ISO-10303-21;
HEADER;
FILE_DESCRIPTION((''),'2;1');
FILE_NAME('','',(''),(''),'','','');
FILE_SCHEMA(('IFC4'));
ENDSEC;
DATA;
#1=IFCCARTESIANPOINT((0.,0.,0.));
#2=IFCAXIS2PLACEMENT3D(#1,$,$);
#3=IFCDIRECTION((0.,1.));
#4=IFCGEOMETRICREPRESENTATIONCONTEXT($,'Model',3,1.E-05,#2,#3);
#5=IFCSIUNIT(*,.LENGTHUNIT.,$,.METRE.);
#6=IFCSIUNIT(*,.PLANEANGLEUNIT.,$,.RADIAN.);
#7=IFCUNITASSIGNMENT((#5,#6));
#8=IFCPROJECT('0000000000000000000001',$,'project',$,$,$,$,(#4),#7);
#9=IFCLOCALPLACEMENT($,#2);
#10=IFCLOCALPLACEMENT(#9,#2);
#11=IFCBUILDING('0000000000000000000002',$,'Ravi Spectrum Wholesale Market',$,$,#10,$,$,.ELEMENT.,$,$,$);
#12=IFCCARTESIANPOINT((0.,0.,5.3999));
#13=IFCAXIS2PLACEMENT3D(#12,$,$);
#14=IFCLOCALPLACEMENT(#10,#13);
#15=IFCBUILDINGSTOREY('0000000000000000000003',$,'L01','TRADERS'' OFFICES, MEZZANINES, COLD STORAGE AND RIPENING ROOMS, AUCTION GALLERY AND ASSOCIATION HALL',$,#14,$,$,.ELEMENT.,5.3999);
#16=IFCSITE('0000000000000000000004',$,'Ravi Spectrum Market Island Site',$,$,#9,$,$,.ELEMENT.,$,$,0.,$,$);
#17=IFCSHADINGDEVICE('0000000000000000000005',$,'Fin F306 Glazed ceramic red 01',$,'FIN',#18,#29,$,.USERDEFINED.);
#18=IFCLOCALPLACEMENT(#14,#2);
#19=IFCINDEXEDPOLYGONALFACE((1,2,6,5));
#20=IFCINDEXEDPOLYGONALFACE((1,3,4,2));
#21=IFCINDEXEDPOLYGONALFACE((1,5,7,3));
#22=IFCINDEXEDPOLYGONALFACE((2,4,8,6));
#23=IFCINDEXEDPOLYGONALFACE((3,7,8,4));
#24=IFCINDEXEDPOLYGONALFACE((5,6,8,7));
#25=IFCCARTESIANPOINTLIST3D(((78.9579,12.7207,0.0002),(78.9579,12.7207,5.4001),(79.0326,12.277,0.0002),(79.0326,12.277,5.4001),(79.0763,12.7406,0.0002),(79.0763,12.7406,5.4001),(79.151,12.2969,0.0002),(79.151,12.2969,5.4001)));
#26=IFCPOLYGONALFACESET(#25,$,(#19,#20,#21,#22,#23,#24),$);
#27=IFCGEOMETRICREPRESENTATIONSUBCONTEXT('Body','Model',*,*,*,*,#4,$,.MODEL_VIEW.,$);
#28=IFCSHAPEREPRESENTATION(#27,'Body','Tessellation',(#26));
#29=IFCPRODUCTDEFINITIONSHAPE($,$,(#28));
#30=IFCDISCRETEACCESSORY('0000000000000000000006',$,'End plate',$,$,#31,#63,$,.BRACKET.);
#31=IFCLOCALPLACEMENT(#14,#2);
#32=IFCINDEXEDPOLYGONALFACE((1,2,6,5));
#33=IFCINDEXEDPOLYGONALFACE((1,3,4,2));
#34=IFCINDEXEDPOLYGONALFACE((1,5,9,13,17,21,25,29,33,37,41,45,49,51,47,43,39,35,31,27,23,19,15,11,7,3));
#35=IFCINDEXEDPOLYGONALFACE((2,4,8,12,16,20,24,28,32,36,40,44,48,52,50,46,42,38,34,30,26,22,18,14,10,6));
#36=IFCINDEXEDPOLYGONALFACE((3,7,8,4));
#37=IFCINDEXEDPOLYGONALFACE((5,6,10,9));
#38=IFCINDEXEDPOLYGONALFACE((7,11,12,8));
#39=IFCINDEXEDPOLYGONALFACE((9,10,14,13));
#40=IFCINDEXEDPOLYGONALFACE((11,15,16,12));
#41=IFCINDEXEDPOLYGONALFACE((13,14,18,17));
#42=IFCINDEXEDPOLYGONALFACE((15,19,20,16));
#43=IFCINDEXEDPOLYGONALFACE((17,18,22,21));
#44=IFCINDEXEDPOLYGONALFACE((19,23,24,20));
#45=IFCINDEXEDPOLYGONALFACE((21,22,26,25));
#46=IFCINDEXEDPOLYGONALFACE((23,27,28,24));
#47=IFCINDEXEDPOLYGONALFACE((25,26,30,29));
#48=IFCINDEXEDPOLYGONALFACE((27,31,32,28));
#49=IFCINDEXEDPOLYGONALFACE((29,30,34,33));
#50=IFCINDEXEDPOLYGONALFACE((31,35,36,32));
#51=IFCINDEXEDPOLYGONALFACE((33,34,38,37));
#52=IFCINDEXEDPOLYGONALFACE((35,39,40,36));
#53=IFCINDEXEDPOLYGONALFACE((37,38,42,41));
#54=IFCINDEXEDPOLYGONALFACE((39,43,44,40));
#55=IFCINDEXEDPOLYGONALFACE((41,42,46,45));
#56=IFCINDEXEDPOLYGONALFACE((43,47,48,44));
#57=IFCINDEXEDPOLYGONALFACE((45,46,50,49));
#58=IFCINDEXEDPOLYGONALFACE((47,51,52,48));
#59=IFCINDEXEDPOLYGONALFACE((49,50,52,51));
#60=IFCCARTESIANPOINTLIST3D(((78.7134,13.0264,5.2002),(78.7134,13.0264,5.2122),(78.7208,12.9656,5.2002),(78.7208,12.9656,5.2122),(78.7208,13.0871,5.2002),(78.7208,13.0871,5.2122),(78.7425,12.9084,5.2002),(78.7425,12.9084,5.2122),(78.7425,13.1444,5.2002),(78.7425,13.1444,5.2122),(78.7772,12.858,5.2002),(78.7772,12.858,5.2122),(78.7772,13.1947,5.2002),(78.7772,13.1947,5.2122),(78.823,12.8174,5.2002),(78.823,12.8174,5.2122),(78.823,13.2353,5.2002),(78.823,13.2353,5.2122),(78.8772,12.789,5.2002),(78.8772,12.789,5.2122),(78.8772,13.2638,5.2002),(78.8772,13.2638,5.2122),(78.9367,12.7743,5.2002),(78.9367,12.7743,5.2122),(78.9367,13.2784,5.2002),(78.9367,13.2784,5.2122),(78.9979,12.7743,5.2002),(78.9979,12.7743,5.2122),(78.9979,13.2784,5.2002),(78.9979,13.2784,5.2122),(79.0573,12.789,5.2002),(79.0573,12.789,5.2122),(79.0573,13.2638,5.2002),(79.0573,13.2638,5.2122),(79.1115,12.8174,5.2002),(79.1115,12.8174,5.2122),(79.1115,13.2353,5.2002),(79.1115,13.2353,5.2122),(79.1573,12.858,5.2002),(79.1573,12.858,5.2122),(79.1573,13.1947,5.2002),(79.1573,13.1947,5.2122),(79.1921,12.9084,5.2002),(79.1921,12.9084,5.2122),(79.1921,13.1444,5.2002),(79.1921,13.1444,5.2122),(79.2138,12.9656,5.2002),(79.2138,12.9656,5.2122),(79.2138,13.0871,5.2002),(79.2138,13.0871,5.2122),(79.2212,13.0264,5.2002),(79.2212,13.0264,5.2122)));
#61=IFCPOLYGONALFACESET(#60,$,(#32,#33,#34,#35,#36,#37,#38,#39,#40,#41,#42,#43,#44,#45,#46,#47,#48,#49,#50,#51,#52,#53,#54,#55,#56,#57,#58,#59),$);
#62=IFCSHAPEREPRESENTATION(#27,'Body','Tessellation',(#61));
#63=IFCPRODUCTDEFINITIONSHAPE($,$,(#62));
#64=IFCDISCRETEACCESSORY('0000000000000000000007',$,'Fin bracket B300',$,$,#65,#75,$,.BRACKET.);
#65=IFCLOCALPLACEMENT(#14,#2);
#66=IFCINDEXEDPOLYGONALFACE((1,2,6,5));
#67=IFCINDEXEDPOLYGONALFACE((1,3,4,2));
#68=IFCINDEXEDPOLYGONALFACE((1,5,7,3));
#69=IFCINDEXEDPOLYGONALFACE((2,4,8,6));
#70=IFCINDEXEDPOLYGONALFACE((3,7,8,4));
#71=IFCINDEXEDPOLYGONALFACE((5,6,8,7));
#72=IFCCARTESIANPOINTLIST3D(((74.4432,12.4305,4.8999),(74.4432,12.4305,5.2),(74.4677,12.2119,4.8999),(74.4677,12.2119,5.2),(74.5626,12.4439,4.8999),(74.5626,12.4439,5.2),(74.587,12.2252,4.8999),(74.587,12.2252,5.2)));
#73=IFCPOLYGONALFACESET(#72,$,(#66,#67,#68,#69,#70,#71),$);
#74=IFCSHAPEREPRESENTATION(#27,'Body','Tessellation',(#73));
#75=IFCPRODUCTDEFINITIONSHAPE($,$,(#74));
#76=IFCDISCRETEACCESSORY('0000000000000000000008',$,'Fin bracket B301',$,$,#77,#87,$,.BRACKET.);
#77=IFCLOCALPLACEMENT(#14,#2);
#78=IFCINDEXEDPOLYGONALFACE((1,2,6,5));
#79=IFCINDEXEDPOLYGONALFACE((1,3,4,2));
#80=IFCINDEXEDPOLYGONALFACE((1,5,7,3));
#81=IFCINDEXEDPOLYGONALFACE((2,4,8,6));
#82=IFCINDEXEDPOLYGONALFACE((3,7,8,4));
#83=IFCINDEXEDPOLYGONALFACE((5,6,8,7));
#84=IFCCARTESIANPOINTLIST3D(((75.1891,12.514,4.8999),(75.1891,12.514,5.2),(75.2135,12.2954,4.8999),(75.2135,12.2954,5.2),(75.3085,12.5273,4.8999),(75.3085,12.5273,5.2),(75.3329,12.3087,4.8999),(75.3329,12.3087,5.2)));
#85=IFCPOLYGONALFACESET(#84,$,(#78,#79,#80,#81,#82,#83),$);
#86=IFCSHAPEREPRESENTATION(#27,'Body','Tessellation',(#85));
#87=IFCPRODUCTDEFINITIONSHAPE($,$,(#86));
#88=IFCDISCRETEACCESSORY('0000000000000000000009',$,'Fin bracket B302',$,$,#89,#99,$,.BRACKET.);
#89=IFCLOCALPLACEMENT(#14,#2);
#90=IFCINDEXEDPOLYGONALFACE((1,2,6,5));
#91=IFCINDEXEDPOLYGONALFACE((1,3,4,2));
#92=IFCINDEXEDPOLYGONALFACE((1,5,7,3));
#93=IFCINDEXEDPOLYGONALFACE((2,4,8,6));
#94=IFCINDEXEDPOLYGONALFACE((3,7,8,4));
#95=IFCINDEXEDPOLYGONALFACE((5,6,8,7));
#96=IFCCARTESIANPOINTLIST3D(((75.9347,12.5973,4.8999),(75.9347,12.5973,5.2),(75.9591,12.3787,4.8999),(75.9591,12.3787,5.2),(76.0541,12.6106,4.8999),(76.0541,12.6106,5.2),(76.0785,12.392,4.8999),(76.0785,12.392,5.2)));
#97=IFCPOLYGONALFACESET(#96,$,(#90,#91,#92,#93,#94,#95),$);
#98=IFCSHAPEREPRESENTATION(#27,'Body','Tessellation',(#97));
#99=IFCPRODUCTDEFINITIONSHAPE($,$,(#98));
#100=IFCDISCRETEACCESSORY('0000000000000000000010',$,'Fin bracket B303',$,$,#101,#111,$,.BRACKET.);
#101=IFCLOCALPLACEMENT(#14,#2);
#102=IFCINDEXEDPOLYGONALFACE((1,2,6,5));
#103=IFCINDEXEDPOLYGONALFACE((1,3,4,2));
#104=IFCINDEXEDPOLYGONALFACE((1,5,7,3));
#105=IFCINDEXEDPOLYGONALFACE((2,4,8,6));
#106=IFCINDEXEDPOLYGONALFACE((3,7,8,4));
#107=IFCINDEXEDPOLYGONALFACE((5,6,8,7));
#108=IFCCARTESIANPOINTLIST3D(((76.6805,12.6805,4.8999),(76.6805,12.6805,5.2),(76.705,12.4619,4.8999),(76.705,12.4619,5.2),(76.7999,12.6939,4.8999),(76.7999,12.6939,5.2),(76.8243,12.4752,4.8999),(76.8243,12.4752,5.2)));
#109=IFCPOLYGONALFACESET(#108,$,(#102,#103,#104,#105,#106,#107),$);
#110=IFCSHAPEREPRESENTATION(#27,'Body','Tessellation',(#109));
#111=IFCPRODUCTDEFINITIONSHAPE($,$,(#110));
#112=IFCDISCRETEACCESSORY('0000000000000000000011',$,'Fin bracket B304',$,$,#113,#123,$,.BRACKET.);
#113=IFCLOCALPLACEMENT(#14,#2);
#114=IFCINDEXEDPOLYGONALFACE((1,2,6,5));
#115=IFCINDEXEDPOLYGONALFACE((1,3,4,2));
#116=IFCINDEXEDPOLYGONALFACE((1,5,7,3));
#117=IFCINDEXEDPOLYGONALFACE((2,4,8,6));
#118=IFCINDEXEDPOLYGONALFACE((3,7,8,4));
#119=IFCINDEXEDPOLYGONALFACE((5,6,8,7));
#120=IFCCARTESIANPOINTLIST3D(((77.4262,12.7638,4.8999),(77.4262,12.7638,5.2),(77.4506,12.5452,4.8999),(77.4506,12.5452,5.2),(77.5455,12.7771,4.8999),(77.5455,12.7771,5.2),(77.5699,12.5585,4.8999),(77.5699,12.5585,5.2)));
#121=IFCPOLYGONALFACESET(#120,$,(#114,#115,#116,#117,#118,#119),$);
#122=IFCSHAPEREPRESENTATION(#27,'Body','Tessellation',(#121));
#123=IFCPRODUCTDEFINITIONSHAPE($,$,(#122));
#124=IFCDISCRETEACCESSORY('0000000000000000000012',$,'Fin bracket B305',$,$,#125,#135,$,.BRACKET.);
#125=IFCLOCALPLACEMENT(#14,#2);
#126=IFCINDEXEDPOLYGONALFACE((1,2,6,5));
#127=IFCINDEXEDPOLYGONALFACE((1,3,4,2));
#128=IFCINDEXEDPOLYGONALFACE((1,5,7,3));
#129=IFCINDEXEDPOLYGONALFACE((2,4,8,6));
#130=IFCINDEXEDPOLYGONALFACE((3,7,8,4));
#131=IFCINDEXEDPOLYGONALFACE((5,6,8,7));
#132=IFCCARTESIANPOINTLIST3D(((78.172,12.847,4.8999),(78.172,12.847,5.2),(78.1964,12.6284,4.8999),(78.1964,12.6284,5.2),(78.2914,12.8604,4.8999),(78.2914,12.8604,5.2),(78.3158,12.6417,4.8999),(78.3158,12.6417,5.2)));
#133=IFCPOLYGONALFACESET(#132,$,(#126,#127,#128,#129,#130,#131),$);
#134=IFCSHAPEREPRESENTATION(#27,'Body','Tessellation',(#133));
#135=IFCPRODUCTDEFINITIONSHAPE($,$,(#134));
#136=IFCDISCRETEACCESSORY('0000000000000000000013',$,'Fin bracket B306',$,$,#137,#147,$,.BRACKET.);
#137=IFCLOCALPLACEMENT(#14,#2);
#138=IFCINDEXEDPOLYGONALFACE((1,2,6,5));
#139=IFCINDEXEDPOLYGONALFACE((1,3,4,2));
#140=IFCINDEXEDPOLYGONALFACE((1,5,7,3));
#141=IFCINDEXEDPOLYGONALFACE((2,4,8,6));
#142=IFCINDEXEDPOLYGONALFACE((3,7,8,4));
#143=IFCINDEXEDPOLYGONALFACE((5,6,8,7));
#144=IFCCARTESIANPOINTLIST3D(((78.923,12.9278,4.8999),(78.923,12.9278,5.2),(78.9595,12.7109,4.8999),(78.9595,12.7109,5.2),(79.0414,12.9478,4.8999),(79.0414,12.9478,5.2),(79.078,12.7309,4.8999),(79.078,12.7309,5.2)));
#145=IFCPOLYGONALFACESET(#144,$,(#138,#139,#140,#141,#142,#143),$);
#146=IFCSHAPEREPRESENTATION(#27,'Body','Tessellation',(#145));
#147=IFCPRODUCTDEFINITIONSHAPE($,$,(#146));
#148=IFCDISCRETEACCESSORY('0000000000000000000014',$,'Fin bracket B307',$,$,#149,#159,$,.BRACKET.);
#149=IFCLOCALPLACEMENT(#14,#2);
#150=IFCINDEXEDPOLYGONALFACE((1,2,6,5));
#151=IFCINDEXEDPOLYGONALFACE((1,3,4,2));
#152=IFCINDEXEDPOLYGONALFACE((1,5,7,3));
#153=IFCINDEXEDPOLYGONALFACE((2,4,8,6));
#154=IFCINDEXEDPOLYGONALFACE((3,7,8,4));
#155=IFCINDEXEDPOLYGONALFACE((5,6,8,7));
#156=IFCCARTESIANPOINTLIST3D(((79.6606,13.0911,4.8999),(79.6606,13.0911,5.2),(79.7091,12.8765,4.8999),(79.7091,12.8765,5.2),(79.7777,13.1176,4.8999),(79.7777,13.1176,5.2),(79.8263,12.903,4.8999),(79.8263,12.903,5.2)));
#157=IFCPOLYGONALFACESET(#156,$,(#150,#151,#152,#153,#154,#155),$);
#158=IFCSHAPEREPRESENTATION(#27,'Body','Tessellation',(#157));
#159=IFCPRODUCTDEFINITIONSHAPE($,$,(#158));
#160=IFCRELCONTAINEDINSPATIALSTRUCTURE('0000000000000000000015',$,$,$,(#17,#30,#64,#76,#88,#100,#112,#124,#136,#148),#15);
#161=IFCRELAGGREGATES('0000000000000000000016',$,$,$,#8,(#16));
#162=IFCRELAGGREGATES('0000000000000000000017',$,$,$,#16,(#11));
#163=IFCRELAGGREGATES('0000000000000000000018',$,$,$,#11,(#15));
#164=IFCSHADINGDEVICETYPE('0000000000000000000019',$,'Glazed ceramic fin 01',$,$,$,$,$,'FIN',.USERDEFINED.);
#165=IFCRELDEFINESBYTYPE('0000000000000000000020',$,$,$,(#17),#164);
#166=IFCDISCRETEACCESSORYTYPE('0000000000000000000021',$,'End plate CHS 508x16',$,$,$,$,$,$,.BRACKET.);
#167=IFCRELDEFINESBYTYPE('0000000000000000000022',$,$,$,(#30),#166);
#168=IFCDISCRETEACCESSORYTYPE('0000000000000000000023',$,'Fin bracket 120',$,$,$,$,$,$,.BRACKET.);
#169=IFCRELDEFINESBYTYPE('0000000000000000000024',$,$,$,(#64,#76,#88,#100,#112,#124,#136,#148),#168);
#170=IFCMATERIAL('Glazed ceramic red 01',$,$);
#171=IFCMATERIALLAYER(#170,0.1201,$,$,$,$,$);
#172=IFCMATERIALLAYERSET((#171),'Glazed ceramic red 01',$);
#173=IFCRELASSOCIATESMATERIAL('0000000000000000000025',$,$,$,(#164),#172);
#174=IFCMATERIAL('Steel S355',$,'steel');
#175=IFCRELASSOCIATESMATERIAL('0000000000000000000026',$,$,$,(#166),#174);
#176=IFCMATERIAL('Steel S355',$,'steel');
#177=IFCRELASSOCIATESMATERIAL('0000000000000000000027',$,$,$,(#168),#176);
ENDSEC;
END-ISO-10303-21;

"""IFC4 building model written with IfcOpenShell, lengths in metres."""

from ifc_helpers import new_model, si_unit, direction, frame, origin, origin_2d, place, context, subcontext, project, spatial, rectangle, circle, extrude, material, layer, layer_set, material_profile, profile_set, type_object, element, save


model = new_model("IFC4")

# Units and contexts
model_context = context("Model", 3, precision=1e-05, world=origin(), true_north=direction((0.0, 1.0)))
body_context = subcontext(model_context, "Body", "Model", "MODEL_VIEW")
ifc_project = project(units=[si_unit("LENGTHUNIT", "METRE"), si_unit("PLANEANGLEUNIT", "RADIAN")], contexts=[model_context])

# Site, building, storey
site_placement = place(None, origin())
site = spatial("IfcSite", under=ifc_project, at=site_placement, Name="Ravi Spectrum Market Island Site", CompositionType="ELEMENT", RefElevation=0.0)
building_placement = place(site_placement, origin())
building = spatial("IfcBuilding", under=site, at=building_placement, Name="Ravi Spectrum Wholesale Market", CompositionType="ELEMENT")
storey_placement = place(building_placement, frame((0.0, 0.0, 5.3999)))
storey = spatial("IfcBuildingStorey", under=building, at=storey_placement, Name="L01", Description="TRADERS' OFFICES, MEZZANINES, COLD STORAGE AND RIPENING ROOMS, AUCTION GALLERY AND ASSOCIATION HALL", CompositionType="ELEMENT", Elevation=5.3999)

# Shading device
ifc_material_1 = material(Name="Glazed ceramic red 01")
ifc_layer_1 = layer(ifc_material_1, 0.1201)
ifc_layer_set_1 = layer_set([ifc_layer_1], Name="Glazed ceramic red 01")
shading_device_type = type_object("IfcShadingDeviceType", Name="Glazed ceramic fin 01", ElementType="FIN", PredefinedType="USERDEFINED", material=ifc_layer_set_1)
for number, where, z_axis, x_axis, name in (
    (1, (79.0544, 12.5088, 0.0002), (0.0, 0.0, 1.0), (0.986115, 0.166062, 0.0), "Fin F306 Glazed ceramic red 01"),
):
    element("IfcShadingDevice", number, at=place(storey_placement, frame(where, z_axis=z_axis, x_axis=x_axis)), inside=storey, type_object=shading_device_type, Name=name, ObjectType="FIN", PredefinedType="USERDEFINED", context=body_context, shape_type="SweptSolid", body=[
        extrude(rectangle(XDim=0.1201, YDim=0.45, at=origin_2d()), origin(), (0.0, 0.0, 1.0), 5.3999),
    ])

# Discrete accessories
ifc_material_2 = material(Name="Steel S355", Category="steel")
ifc_material_profile_1 = material_profile(ifc_material_2, circle(Radius=0.2539, at=origin_2d()))
ifc_profile_set_1 = profile_set([ifc_material_profile_1], Name="Steel S355")
discrete_accessory_type_1 = type_object("IfcDiscreteAccessoryType", Name="End plate CHS 508x16", PredefinedType="BRACKET", material=ifc_profile_set_1)
discrete_accessory_placement = place(storey_placement, frame((78.9673, 13.0264, 5.2002), z_axis=(0.0, 0.0, 1.0), x_axis=(1.0, 0.0, 0.0)))
element("IfcDiscreteAccessory", 2, at=discrete_accessory_placement, inside=storey, type_object=discrete_accessory_type_1, Name="End plate", PredefinedType="BRACKET", context=body_context, shape_type="SweptSolid", body=[
    extrude(circle(Radius=0.2539, at=origin_2d()), origin(), (0.0, 0.0, 1.0), 0.012),
])
ifc_material_3 = material(Name="Steel S355", Category="steel")
discrete_accessory_type_2 = type_object("IfcDiscreteAccessoryType", Name="Fin bracket 120", PredefinedType="BRACKET", material=ifc_material_3)
for number, where, z_axis, x_axis, name in (
    (3, (74.5151, 12.3279, 4.8999), (0.0, 0.0, 1.0), (0.993821, 0.110994, 0.0), "Fin bracket B300"),
    (4, (75.261, 12.4114, 4.8999), (0.0, 0.0, 1.0), (0.993821, 0.110994, 0.0), "Fin bracket B301"),
    (5, (76.0066, 12.4946, 4.8999), (0.0, 0.0, 1.0), (0.993821, 0.110994, 0.0), "Fin bracket B302"),
    (6, (76.7524, 12.5779, 4.8999), (0.0, 0.0, 1.0), (0.993821, 0.110994, 0.0), "Fin bracket B303"),
    (7, (77.498, 12.6611, 4.8999), (0.0, 0.0, 1.0), (0.993821, 0.110994, 0.0), "Fin bracket B304"),
    (8, (78.2439, 12.7444, 4.8999), (0.0, 0.0, 1.0), (0.993821, 0.110994, 0.0), "Fin bracket B305"),
    (9, (79.0005, 12.8293, 4.8999), (0.0, 0.0, 1.0), (0.986115, 0.166062, 0.0), "Fin bracket B306"),
    (10, (79.7434, 12.9971, 4.8999), (0.0, 0.0, 1.0), (0.975361, 0.220616, 0.0), "Fin bracket B307"),
):
    element("IfcDiscreteAccessory", number, at=place(storey_placement, frame(where, z_axis=z_axis, x_axis=x_axis)), inside=storey, type_object=discrete_accessory_type_2, Name=name, PredefinedType="BRACKET", context=body_context, shape_type="SweptSolid", body=[
        extrude(rectangle(XDim=0.1201, YDim=0.22, at=origin_2d()), origin(), (0.0, 0.0, 1.0), 0.3),
    ])

save(model, "model.ifc")
